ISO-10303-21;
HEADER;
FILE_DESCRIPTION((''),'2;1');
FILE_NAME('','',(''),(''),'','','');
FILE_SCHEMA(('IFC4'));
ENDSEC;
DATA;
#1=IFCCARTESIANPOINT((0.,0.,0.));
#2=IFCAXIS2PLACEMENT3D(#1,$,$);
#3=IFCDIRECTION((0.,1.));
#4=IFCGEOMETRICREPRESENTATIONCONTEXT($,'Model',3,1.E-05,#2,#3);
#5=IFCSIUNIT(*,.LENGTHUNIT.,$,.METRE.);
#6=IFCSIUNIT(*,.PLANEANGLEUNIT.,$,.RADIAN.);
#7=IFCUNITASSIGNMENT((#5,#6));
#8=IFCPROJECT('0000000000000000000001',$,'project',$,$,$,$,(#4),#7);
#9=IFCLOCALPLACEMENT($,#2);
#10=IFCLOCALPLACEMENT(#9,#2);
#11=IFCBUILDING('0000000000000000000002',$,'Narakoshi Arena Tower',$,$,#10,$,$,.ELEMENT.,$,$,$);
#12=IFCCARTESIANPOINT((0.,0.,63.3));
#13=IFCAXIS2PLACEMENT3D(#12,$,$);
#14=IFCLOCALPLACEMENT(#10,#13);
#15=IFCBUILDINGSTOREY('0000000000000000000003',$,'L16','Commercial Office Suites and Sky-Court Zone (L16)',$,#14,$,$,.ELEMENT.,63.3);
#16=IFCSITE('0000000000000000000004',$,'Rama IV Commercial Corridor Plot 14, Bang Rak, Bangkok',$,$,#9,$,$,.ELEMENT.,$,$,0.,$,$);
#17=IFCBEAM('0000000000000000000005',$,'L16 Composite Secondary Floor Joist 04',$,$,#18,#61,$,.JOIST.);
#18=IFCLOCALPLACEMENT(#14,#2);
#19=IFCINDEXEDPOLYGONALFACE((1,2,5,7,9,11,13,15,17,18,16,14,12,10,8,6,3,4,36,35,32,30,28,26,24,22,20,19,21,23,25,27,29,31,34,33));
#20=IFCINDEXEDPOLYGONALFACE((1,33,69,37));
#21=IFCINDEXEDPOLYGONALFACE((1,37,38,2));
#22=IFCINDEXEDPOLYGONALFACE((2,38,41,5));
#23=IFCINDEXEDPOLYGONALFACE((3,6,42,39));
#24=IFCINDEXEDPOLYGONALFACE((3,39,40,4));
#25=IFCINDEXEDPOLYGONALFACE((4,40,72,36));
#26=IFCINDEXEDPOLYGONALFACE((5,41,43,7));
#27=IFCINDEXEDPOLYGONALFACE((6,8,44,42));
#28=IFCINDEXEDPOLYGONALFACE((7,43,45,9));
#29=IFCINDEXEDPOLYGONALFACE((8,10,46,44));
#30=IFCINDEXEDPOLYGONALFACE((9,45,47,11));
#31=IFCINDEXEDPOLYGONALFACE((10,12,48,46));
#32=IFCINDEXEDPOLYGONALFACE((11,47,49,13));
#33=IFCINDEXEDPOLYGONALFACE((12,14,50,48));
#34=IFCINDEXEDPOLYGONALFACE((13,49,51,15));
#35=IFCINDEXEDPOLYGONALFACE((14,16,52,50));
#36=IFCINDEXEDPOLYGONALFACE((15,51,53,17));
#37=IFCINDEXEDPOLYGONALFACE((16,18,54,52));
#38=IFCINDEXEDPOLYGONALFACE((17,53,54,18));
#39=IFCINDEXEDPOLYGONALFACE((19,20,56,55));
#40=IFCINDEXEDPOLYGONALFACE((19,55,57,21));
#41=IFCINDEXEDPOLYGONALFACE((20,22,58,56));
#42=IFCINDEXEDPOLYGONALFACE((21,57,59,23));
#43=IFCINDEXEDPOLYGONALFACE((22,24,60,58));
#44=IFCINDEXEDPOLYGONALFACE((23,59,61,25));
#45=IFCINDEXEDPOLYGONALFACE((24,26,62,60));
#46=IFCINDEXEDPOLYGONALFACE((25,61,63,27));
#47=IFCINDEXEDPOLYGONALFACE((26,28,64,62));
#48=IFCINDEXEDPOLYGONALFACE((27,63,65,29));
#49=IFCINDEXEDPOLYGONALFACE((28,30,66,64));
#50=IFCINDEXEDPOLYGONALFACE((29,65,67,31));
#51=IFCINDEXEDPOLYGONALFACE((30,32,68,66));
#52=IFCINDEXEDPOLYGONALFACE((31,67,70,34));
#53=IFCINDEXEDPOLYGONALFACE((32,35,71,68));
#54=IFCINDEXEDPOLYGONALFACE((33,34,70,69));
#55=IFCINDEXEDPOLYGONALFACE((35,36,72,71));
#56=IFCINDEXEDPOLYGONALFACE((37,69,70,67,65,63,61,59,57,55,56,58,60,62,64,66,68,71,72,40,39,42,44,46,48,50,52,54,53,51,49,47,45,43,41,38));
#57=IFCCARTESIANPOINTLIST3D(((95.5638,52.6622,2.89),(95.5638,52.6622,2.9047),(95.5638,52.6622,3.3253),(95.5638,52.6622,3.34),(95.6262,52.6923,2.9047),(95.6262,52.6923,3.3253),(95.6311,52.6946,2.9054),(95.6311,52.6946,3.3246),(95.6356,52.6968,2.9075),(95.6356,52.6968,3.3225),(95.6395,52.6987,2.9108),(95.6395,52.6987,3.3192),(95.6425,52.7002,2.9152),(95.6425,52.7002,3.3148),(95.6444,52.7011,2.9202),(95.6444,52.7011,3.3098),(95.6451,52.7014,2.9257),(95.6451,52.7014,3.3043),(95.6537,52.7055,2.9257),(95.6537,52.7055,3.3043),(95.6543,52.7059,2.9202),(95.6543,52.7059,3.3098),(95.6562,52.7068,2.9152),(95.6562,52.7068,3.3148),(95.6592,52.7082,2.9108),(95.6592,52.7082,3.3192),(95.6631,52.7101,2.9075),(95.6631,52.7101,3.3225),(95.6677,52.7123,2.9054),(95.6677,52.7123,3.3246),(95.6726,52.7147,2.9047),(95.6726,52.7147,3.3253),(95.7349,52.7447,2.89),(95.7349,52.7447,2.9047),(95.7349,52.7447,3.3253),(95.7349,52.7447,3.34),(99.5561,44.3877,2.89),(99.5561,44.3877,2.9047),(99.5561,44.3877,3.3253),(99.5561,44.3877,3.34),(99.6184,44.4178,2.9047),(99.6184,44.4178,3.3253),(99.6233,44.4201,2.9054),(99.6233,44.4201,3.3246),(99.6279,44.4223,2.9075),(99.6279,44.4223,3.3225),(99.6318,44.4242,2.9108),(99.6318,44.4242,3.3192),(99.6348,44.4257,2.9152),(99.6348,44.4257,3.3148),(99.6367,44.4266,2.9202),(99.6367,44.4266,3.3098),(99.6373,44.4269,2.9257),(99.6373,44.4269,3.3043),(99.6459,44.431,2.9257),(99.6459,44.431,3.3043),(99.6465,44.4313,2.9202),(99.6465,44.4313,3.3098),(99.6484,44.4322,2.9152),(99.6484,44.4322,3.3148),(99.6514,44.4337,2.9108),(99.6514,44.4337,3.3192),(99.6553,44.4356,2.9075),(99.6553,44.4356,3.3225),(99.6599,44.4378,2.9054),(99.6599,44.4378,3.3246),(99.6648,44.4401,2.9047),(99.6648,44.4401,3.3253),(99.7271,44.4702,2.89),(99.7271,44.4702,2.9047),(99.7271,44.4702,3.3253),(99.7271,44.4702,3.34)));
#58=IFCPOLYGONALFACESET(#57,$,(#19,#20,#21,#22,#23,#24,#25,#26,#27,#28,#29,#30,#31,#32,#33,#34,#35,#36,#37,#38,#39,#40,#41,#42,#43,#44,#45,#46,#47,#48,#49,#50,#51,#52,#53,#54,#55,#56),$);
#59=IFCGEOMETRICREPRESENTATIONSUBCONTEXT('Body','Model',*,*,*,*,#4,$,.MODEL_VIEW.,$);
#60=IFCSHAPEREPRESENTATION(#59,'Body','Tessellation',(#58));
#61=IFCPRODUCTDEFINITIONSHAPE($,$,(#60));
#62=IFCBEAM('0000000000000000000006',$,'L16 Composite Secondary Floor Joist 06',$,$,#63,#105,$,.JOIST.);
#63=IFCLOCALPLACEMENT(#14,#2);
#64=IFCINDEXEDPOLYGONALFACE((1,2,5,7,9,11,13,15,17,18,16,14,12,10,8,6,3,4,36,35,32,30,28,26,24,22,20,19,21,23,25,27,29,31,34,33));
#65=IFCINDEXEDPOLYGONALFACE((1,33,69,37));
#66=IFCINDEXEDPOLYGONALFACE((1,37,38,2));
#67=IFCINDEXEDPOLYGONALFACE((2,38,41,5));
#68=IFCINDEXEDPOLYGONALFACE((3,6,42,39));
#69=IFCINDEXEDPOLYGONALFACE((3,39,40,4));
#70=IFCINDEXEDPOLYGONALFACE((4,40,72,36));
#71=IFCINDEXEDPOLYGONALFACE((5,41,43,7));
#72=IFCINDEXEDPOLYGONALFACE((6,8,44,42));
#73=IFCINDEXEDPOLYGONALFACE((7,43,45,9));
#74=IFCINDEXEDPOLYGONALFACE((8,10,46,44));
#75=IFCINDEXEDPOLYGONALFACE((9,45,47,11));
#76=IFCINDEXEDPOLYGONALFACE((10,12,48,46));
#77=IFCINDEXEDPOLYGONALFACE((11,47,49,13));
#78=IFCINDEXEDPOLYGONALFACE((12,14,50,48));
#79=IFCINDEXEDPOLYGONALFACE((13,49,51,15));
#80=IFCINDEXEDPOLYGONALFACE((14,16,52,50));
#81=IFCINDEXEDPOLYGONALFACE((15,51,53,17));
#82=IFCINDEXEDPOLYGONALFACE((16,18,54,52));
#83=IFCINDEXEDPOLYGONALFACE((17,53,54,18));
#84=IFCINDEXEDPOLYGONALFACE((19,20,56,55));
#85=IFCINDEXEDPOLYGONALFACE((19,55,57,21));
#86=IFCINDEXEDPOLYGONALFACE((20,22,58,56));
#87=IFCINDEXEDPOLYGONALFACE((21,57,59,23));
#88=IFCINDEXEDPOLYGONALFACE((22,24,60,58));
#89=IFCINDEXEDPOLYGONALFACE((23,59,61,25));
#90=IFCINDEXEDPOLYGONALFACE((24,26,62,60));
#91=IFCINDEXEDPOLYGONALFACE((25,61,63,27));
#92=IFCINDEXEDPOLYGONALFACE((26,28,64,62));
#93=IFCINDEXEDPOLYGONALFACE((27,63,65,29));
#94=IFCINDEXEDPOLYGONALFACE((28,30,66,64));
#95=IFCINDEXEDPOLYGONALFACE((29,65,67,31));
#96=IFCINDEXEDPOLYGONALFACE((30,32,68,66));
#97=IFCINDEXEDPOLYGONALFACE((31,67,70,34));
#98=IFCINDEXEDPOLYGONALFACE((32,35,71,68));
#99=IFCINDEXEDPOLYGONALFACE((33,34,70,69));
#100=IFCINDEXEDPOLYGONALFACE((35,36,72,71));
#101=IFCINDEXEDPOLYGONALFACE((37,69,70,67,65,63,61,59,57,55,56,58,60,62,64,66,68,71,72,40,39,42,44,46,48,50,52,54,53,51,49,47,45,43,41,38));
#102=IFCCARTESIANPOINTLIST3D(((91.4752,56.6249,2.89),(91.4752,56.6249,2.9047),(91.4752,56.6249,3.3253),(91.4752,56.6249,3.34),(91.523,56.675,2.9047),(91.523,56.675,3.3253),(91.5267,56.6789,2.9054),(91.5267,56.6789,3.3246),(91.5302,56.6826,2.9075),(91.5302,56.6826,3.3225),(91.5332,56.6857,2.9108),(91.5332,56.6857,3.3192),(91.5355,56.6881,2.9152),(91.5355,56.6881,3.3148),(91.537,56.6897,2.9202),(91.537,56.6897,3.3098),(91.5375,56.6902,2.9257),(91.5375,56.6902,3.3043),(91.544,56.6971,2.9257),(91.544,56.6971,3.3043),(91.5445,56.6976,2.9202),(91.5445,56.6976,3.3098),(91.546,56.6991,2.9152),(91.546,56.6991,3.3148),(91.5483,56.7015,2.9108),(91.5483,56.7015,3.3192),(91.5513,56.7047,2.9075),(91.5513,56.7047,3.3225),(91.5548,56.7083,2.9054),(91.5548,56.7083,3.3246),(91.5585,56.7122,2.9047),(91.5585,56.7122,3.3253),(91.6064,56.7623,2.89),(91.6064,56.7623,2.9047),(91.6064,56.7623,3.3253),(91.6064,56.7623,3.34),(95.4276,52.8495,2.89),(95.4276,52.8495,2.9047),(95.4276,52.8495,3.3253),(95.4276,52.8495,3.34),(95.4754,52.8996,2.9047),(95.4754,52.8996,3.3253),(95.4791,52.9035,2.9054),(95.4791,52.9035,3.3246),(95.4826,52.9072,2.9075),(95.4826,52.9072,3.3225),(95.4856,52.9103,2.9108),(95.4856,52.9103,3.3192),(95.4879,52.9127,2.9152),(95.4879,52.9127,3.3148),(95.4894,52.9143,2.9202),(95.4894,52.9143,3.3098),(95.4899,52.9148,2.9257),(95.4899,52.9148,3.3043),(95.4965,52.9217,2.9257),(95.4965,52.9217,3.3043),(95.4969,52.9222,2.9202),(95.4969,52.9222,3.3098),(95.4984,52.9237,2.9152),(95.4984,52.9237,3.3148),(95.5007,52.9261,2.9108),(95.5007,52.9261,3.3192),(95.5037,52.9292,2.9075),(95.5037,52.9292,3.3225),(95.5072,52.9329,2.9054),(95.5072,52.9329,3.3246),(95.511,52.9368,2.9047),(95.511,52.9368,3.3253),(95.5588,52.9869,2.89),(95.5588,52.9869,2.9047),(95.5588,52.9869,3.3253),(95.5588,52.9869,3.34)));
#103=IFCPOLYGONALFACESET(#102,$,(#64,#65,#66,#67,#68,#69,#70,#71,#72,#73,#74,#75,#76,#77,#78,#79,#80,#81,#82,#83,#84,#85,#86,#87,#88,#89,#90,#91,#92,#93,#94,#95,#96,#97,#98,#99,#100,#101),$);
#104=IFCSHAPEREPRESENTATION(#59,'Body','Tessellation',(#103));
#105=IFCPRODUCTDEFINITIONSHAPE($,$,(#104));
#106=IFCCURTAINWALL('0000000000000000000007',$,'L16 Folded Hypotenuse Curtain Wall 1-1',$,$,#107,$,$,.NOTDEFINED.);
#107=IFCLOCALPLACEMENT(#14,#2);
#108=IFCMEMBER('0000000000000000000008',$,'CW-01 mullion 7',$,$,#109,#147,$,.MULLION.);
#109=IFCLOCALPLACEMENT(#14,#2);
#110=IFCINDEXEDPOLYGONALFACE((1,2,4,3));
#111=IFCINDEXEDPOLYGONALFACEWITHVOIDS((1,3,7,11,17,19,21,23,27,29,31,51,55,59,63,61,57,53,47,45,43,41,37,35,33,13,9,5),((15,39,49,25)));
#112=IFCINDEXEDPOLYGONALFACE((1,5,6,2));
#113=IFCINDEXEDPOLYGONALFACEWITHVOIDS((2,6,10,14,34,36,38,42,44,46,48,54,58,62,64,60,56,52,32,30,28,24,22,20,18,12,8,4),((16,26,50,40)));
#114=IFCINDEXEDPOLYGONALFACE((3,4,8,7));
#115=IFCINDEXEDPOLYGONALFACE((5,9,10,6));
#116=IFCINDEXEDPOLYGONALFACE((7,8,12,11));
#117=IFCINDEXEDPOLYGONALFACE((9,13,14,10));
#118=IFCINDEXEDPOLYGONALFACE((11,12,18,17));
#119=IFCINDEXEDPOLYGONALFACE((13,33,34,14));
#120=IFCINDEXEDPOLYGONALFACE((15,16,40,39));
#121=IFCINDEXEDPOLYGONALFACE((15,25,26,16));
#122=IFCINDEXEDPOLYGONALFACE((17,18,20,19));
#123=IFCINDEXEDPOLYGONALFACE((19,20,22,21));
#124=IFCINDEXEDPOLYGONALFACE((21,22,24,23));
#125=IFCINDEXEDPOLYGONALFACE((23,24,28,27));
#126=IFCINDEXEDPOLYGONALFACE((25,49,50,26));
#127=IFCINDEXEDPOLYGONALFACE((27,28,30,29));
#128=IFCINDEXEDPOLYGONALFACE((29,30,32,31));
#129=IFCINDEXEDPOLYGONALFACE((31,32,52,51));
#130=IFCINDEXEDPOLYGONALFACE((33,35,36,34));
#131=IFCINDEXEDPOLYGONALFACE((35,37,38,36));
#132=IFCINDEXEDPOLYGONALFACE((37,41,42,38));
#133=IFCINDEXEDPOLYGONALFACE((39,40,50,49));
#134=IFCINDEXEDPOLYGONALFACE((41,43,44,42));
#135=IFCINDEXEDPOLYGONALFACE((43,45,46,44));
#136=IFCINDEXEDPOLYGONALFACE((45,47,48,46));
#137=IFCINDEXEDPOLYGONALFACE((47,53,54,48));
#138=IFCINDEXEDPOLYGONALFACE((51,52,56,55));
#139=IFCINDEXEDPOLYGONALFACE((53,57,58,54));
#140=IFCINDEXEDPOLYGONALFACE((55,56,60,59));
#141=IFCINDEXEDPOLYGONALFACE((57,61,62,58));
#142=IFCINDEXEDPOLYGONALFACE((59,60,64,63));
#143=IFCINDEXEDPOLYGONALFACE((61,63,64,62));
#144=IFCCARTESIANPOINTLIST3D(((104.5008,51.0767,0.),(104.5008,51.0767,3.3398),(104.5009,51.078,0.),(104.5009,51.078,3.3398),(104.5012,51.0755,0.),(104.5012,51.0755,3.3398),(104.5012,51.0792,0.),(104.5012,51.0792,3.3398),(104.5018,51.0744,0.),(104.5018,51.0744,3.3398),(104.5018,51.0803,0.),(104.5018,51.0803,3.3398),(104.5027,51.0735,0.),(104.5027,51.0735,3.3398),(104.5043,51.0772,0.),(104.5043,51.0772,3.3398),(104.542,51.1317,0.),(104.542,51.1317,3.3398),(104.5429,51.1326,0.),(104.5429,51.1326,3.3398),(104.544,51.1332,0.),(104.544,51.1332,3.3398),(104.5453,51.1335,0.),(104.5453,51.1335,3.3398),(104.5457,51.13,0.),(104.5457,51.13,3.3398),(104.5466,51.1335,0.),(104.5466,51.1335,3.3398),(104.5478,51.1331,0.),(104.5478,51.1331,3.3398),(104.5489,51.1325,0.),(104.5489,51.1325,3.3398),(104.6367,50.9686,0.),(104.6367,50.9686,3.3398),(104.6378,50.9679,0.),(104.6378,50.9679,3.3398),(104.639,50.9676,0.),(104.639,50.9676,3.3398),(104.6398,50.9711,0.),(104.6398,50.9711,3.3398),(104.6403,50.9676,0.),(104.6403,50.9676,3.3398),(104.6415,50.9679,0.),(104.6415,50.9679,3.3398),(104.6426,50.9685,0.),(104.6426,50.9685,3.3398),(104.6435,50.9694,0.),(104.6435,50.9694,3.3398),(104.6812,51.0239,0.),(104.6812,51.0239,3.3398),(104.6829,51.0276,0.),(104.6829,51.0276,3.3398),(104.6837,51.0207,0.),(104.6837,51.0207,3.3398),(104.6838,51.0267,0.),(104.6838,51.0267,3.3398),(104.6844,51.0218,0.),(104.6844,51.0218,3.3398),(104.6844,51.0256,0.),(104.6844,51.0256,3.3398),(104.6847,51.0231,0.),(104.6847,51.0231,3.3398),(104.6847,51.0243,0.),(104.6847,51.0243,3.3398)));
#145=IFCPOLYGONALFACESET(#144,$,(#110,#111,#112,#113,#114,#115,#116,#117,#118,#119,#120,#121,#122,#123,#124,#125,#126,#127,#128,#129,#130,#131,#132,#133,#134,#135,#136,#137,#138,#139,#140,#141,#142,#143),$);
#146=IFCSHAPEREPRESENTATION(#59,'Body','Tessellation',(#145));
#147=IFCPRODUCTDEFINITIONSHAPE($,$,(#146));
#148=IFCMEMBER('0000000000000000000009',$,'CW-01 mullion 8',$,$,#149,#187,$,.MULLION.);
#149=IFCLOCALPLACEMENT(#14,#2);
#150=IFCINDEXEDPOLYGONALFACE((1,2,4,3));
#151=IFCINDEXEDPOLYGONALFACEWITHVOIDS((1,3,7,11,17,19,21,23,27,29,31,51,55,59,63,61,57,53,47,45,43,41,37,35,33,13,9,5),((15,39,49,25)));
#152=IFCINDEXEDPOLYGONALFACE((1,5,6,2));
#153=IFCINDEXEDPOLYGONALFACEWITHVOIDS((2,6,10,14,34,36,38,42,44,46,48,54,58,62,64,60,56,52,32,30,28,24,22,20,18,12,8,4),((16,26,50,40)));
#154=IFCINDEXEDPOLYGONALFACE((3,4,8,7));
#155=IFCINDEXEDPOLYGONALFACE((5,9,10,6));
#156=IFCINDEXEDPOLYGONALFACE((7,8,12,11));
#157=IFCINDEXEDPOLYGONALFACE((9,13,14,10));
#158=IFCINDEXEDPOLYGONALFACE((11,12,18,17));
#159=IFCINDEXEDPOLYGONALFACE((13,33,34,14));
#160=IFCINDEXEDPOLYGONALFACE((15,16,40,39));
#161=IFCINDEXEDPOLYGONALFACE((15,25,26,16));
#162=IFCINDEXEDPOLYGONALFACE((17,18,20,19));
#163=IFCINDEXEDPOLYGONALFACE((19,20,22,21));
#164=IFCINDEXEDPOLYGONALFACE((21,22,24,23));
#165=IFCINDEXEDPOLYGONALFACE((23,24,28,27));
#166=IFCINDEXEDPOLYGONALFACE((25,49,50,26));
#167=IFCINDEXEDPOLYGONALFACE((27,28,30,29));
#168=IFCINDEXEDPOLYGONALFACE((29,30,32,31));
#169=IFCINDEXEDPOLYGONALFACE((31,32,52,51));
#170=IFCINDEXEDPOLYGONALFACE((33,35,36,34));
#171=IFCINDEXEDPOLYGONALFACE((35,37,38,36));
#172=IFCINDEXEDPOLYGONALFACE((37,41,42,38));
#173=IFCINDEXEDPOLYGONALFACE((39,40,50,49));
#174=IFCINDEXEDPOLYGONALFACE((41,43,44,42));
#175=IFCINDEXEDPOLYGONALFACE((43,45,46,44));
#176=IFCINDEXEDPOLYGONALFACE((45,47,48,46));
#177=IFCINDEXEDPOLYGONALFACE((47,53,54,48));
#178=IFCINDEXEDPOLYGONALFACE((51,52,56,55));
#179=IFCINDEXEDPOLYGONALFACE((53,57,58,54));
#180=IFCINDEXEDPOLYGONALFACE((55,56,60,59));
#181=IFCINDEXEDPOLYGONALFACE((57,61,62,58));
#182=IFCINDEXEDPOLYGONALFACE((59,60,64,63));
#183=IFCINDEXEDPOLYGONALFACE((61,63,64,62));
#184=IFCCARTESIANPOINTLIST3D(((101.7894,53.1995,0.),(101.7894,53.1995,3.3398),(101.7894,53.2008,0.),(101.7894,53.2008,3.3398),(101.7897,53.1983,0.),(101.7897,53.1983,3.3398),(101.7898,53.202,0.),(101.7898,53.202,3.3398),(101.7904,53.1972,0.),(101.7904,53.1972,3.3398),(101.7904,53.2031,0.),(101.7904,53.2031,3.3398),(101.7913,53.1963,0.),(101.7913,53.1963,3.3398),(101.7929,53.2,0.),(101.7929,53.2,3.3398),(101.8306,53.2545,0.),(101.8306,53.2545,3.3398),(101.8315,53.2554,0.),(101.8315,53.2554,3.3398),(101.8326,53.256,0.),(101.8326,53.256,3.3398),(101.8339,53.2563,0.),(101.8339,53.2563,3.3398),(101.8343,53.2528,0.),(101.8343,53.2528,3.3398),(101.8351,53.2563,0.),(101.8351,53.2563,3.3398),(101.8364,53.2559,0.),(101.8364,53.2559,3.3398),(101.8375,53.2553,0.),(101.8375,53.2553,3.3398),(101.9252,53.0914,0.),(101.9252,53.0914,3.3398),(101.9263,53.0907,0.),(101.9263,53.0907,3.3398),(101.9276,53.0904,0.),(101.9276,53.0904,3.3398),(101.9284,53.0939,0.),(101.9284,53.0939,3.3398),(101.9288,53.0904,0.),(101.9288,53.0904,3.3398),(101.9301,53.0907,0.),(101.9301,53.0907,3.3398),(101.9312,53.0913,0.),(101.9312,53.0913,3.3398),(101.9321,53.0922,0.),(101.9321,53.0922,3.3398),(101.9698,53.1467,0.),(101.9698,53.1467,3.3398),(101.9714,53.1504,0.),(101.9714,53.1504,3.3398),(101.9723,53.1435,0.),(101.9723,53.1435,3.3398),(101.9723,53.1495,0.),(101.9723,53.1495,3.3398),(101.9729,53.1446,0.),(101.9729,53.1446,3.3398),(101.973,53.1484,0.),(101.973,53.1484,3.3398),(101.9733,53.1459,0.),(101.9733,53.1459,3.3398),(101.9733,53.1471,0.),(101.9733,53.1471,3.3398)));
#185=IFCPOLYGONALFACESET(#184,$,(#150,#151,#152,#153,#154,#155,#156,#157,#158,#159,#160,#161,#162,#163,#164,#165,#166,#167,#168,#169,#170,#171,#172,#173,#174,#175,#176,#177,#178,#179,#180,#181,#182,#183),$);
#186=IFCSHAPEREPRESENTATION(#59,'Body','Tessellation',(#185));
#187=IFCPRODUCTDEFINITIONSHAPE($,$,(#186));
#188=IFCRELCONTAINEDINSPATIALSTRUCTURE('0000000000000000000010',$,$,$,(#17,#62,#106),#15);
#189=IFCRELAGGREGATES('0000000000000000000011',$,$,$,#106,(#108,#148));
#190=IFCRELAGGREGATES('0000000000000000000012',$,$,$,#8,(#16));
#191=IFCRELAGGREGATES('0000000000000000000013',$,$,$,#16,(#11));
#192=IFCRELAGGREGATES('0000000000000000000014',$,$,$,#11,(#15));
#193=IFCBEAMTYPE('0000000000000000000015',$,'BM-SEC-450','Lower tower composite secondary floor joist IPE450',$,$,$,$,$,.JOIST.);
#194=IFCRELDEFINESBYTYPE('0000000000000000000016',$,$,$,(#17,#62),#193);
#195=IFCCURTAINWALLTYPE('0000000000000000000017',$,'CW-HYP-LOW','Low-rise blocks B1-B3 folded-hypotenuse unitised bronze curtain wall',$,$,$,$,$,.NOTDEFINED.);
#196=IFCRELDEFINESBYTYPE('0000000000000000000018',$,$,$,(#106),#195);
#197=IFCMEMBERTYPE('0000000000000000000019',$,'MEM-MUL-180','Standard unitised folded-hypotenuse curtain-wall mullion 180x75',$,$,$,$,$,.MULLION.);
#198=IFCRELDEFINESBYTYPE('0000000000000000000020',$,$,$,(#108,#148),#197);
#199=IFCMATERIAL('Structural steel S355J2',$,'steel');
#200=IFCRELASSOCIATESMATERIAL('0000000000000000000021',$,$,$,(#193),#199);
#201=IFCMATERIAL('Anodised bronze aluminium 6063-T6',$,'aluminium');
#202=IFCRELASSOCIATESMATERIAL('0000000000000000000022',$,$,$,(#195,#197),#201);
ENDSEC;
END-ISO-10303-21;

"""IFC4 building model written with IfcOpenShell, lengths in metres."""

from ifc_helpers import new_model, si_unit, direction, frame, origin, origin_2d, place, context, subcontext, project, spatial, hollow_rectangle, i_section, extrude, material, material_profile, profile_set, type_object, element, aggregate, save


model = new_model("IFC4")

# Units and contexts
model_context = context("Model", 3, precision=1e-05, world=origin(), true_north=direction((0.0, 1.0)))
body_context = subcontext(model_context, "Body", "Model", "MODEL_VIEW")
ifc_project = project(units=[si_unit("LENGTHUNIT", "METRE"), si_unit("PLANEANGLEUNIT", "RADIAN")], contexts=[model_context])

# Site, building, storey
site_placement = place(None, origin())
site = spatial("IfcSite", under=ifc_project, at=site_placement, Name="Rama IV Commercial Corridor Plot 14, Bang Rak, Bangkok", CompositionType="ELEMENT", RefElevation=0.0)
building_placement = place(site_placement, origin())
building = spatial("IfcBuilding", under=site, at=building_placement, Name="Narakoshi Arena Tower", CompositionType="ELEMENT")
storey_placement = place(building_placement, frame((0.0, 0.0, 63.3)))
storey = spatial("IfcBuildingStorey", under=building, at=storey_placement, Name="L16", Description="Commercial Office Suites and Sky-Court Zone (L16)", CompositionType="ELEMENT", Elevation=63.3)

# Beams
ifc_material_1 = material(Name="Structural steel S355J2", Category="steel")
ifc_material_profile_1 = material_profile(ifc_material_1, i_section(OverallWidth=0.1899, OverallDepth=0.45, WebThickness=0.0095, FlangeThickness=0.0146, FilletRadius=0.021, at=origin_2d()), Name="IPE450")
ifc_profile_set_1 = profile_set([ifc_material_profile_1], Name="Structural steel S355J2")
beam_type_1 = type_object("IfcBeamType", Name="BM-SEC-450", Description="Lower tower composite secondary floor joist IPE450", PredefinedType="JOIST", material=ifc_profile_set_1)
beam_1_placement = place(storey_placement, frame((99.6416, 44.429, 3.115), z_axis=(-0.434541, 0.900652, 0.0), x_axis=(-0.900652, -0.434541, 0.0)))
element("IfcBeam", 1, at=beam_1_placement, inside=storey, type_object=beam_type_1, Name="L16 Composite Secondary Floor Joist 04", PredefinedType="JOIST", context=body_context, shape_type="SweptSolid", body=[
    extrude(i_section(OverallWidth=0.1899, OverallDepth=0.45, WebThickness=0.0095, FlangeThickness=0.0146, FilletRadius=0.021, at=origin_2d()), origin(), (0.0, 0.0, 1.0), 9.1873),
])
beam_2_placement = place(storey_placement, frame((95.4932, 52.9182, 3.115), z_axis=(-0.723113, 0.69073, 0.0), x_axis=(-0.69073, -0.723113, 0.0)))
element("IfcBeam", 2, at=beam_2_placement, inside=storey, type_object=beam_type_1, Name="L16 Composite Secondary Floor Joist 06", PredefinedType="JOIST", context=body_context, shape_type="SweptSolid", body=[
    extrude(i_section(OverallWidth=0.1899, OverallDepth=0.45, WebThickness=0.0095, FlangeThickness=0.0146, FilletRadius=0.021, at=origin_2d()), origin(), (0.0, 0.0, 1.0), 5.4658),
])

# Curtain wall, members
ifc_material_2 = material(Name="Anodised bronze aluminium 6063-T6", Category="aluminium")
curtain_wall_type = type_object("IfcCurtainWallType", Name="CW-HYP-LOW", Description="Low-rise blocks B1-B3 folded-hypotenuse unitised bronze curtain wall", PredefinedType="NOTDEFINED", material=ifc_material_2)
curtain_wall_placement = place(storey_placement, origin())
curtain_wall = element("IfcCurtainWall", 3, at=curtain_wall_placement, inside=storey, type_object=curtain_wall_type, Name="L16 Folded Hypotenuse Curtain Wall 1-1", PredefinedType="NOTDEFINED")
ifc_material_profile_2 = material_profile(ifc_material_2, hollow_rectangle(XDim=0.075, YDim=0.1799, WallThickness=0.0039, OuterFilletRadius=0.0049, at=origin_2d()), Name="MUL180x75x4")
ifc_profile_set_2 = profile_set([ifc_material_profile_2], Name="Anodised bronze aluminium 6063-T6")
member_type_1 = type_object("IfcMemberType", Name="MEM-MUL-180", Description="Standard unitised folded-hypotenuse curtain-wall mullion 180x75", PredefinedType="MULLION", material=ifc_profile_set_2)
member_1_placement = place(storey_placement, frame((104.5928, 51.0505, 0.0), z_axis=(0.0, 0.0, 1.0), x_axis=(-0.616458, -0.787388, 0.0)))
member_1 = element("IfcMember", 4, at=member_1_placement, type_object=member_type_1, Name="CW-01 mullion 7", PredefinedType="MULLION", context=body_context, shape_type="SweptSolid", body=[
    extrude(hollow_rectangle(XDim=0.075, YDim=0.1799, WallThickness=0.0039, OuterFilletRadius=0.0049, at=origin_2d()), origin(), (0.0, 0.0, 1.0), 3.3398),
])
member_2_placement = place(storey_placement, frame((101.8813, 53.1733, 0.0), z_axis=(0.0, 0.0, 1.0), x_axis=(-0.616458, -0.787388, 0.0)))
member_2 = element("IfcMember", 5, at=member_2_placement, type_object=member_type_1, Name="CW-01 mullion 8", PredefinedType="MULLION", context=body_context, shape_type="SweptSolid", body=[
    extrude(hollow_rectangle(XDim=0.075, YDim=0.1799, WallThickness=0.0039, OuterFilletRadius=0.0049, at=origin_2d()), origin(), (0.0, 0.0, 1.0), 3.3398),
])
aggregate(curtain_wall, [member_1, member_2])

save(model, "model.ifc")
